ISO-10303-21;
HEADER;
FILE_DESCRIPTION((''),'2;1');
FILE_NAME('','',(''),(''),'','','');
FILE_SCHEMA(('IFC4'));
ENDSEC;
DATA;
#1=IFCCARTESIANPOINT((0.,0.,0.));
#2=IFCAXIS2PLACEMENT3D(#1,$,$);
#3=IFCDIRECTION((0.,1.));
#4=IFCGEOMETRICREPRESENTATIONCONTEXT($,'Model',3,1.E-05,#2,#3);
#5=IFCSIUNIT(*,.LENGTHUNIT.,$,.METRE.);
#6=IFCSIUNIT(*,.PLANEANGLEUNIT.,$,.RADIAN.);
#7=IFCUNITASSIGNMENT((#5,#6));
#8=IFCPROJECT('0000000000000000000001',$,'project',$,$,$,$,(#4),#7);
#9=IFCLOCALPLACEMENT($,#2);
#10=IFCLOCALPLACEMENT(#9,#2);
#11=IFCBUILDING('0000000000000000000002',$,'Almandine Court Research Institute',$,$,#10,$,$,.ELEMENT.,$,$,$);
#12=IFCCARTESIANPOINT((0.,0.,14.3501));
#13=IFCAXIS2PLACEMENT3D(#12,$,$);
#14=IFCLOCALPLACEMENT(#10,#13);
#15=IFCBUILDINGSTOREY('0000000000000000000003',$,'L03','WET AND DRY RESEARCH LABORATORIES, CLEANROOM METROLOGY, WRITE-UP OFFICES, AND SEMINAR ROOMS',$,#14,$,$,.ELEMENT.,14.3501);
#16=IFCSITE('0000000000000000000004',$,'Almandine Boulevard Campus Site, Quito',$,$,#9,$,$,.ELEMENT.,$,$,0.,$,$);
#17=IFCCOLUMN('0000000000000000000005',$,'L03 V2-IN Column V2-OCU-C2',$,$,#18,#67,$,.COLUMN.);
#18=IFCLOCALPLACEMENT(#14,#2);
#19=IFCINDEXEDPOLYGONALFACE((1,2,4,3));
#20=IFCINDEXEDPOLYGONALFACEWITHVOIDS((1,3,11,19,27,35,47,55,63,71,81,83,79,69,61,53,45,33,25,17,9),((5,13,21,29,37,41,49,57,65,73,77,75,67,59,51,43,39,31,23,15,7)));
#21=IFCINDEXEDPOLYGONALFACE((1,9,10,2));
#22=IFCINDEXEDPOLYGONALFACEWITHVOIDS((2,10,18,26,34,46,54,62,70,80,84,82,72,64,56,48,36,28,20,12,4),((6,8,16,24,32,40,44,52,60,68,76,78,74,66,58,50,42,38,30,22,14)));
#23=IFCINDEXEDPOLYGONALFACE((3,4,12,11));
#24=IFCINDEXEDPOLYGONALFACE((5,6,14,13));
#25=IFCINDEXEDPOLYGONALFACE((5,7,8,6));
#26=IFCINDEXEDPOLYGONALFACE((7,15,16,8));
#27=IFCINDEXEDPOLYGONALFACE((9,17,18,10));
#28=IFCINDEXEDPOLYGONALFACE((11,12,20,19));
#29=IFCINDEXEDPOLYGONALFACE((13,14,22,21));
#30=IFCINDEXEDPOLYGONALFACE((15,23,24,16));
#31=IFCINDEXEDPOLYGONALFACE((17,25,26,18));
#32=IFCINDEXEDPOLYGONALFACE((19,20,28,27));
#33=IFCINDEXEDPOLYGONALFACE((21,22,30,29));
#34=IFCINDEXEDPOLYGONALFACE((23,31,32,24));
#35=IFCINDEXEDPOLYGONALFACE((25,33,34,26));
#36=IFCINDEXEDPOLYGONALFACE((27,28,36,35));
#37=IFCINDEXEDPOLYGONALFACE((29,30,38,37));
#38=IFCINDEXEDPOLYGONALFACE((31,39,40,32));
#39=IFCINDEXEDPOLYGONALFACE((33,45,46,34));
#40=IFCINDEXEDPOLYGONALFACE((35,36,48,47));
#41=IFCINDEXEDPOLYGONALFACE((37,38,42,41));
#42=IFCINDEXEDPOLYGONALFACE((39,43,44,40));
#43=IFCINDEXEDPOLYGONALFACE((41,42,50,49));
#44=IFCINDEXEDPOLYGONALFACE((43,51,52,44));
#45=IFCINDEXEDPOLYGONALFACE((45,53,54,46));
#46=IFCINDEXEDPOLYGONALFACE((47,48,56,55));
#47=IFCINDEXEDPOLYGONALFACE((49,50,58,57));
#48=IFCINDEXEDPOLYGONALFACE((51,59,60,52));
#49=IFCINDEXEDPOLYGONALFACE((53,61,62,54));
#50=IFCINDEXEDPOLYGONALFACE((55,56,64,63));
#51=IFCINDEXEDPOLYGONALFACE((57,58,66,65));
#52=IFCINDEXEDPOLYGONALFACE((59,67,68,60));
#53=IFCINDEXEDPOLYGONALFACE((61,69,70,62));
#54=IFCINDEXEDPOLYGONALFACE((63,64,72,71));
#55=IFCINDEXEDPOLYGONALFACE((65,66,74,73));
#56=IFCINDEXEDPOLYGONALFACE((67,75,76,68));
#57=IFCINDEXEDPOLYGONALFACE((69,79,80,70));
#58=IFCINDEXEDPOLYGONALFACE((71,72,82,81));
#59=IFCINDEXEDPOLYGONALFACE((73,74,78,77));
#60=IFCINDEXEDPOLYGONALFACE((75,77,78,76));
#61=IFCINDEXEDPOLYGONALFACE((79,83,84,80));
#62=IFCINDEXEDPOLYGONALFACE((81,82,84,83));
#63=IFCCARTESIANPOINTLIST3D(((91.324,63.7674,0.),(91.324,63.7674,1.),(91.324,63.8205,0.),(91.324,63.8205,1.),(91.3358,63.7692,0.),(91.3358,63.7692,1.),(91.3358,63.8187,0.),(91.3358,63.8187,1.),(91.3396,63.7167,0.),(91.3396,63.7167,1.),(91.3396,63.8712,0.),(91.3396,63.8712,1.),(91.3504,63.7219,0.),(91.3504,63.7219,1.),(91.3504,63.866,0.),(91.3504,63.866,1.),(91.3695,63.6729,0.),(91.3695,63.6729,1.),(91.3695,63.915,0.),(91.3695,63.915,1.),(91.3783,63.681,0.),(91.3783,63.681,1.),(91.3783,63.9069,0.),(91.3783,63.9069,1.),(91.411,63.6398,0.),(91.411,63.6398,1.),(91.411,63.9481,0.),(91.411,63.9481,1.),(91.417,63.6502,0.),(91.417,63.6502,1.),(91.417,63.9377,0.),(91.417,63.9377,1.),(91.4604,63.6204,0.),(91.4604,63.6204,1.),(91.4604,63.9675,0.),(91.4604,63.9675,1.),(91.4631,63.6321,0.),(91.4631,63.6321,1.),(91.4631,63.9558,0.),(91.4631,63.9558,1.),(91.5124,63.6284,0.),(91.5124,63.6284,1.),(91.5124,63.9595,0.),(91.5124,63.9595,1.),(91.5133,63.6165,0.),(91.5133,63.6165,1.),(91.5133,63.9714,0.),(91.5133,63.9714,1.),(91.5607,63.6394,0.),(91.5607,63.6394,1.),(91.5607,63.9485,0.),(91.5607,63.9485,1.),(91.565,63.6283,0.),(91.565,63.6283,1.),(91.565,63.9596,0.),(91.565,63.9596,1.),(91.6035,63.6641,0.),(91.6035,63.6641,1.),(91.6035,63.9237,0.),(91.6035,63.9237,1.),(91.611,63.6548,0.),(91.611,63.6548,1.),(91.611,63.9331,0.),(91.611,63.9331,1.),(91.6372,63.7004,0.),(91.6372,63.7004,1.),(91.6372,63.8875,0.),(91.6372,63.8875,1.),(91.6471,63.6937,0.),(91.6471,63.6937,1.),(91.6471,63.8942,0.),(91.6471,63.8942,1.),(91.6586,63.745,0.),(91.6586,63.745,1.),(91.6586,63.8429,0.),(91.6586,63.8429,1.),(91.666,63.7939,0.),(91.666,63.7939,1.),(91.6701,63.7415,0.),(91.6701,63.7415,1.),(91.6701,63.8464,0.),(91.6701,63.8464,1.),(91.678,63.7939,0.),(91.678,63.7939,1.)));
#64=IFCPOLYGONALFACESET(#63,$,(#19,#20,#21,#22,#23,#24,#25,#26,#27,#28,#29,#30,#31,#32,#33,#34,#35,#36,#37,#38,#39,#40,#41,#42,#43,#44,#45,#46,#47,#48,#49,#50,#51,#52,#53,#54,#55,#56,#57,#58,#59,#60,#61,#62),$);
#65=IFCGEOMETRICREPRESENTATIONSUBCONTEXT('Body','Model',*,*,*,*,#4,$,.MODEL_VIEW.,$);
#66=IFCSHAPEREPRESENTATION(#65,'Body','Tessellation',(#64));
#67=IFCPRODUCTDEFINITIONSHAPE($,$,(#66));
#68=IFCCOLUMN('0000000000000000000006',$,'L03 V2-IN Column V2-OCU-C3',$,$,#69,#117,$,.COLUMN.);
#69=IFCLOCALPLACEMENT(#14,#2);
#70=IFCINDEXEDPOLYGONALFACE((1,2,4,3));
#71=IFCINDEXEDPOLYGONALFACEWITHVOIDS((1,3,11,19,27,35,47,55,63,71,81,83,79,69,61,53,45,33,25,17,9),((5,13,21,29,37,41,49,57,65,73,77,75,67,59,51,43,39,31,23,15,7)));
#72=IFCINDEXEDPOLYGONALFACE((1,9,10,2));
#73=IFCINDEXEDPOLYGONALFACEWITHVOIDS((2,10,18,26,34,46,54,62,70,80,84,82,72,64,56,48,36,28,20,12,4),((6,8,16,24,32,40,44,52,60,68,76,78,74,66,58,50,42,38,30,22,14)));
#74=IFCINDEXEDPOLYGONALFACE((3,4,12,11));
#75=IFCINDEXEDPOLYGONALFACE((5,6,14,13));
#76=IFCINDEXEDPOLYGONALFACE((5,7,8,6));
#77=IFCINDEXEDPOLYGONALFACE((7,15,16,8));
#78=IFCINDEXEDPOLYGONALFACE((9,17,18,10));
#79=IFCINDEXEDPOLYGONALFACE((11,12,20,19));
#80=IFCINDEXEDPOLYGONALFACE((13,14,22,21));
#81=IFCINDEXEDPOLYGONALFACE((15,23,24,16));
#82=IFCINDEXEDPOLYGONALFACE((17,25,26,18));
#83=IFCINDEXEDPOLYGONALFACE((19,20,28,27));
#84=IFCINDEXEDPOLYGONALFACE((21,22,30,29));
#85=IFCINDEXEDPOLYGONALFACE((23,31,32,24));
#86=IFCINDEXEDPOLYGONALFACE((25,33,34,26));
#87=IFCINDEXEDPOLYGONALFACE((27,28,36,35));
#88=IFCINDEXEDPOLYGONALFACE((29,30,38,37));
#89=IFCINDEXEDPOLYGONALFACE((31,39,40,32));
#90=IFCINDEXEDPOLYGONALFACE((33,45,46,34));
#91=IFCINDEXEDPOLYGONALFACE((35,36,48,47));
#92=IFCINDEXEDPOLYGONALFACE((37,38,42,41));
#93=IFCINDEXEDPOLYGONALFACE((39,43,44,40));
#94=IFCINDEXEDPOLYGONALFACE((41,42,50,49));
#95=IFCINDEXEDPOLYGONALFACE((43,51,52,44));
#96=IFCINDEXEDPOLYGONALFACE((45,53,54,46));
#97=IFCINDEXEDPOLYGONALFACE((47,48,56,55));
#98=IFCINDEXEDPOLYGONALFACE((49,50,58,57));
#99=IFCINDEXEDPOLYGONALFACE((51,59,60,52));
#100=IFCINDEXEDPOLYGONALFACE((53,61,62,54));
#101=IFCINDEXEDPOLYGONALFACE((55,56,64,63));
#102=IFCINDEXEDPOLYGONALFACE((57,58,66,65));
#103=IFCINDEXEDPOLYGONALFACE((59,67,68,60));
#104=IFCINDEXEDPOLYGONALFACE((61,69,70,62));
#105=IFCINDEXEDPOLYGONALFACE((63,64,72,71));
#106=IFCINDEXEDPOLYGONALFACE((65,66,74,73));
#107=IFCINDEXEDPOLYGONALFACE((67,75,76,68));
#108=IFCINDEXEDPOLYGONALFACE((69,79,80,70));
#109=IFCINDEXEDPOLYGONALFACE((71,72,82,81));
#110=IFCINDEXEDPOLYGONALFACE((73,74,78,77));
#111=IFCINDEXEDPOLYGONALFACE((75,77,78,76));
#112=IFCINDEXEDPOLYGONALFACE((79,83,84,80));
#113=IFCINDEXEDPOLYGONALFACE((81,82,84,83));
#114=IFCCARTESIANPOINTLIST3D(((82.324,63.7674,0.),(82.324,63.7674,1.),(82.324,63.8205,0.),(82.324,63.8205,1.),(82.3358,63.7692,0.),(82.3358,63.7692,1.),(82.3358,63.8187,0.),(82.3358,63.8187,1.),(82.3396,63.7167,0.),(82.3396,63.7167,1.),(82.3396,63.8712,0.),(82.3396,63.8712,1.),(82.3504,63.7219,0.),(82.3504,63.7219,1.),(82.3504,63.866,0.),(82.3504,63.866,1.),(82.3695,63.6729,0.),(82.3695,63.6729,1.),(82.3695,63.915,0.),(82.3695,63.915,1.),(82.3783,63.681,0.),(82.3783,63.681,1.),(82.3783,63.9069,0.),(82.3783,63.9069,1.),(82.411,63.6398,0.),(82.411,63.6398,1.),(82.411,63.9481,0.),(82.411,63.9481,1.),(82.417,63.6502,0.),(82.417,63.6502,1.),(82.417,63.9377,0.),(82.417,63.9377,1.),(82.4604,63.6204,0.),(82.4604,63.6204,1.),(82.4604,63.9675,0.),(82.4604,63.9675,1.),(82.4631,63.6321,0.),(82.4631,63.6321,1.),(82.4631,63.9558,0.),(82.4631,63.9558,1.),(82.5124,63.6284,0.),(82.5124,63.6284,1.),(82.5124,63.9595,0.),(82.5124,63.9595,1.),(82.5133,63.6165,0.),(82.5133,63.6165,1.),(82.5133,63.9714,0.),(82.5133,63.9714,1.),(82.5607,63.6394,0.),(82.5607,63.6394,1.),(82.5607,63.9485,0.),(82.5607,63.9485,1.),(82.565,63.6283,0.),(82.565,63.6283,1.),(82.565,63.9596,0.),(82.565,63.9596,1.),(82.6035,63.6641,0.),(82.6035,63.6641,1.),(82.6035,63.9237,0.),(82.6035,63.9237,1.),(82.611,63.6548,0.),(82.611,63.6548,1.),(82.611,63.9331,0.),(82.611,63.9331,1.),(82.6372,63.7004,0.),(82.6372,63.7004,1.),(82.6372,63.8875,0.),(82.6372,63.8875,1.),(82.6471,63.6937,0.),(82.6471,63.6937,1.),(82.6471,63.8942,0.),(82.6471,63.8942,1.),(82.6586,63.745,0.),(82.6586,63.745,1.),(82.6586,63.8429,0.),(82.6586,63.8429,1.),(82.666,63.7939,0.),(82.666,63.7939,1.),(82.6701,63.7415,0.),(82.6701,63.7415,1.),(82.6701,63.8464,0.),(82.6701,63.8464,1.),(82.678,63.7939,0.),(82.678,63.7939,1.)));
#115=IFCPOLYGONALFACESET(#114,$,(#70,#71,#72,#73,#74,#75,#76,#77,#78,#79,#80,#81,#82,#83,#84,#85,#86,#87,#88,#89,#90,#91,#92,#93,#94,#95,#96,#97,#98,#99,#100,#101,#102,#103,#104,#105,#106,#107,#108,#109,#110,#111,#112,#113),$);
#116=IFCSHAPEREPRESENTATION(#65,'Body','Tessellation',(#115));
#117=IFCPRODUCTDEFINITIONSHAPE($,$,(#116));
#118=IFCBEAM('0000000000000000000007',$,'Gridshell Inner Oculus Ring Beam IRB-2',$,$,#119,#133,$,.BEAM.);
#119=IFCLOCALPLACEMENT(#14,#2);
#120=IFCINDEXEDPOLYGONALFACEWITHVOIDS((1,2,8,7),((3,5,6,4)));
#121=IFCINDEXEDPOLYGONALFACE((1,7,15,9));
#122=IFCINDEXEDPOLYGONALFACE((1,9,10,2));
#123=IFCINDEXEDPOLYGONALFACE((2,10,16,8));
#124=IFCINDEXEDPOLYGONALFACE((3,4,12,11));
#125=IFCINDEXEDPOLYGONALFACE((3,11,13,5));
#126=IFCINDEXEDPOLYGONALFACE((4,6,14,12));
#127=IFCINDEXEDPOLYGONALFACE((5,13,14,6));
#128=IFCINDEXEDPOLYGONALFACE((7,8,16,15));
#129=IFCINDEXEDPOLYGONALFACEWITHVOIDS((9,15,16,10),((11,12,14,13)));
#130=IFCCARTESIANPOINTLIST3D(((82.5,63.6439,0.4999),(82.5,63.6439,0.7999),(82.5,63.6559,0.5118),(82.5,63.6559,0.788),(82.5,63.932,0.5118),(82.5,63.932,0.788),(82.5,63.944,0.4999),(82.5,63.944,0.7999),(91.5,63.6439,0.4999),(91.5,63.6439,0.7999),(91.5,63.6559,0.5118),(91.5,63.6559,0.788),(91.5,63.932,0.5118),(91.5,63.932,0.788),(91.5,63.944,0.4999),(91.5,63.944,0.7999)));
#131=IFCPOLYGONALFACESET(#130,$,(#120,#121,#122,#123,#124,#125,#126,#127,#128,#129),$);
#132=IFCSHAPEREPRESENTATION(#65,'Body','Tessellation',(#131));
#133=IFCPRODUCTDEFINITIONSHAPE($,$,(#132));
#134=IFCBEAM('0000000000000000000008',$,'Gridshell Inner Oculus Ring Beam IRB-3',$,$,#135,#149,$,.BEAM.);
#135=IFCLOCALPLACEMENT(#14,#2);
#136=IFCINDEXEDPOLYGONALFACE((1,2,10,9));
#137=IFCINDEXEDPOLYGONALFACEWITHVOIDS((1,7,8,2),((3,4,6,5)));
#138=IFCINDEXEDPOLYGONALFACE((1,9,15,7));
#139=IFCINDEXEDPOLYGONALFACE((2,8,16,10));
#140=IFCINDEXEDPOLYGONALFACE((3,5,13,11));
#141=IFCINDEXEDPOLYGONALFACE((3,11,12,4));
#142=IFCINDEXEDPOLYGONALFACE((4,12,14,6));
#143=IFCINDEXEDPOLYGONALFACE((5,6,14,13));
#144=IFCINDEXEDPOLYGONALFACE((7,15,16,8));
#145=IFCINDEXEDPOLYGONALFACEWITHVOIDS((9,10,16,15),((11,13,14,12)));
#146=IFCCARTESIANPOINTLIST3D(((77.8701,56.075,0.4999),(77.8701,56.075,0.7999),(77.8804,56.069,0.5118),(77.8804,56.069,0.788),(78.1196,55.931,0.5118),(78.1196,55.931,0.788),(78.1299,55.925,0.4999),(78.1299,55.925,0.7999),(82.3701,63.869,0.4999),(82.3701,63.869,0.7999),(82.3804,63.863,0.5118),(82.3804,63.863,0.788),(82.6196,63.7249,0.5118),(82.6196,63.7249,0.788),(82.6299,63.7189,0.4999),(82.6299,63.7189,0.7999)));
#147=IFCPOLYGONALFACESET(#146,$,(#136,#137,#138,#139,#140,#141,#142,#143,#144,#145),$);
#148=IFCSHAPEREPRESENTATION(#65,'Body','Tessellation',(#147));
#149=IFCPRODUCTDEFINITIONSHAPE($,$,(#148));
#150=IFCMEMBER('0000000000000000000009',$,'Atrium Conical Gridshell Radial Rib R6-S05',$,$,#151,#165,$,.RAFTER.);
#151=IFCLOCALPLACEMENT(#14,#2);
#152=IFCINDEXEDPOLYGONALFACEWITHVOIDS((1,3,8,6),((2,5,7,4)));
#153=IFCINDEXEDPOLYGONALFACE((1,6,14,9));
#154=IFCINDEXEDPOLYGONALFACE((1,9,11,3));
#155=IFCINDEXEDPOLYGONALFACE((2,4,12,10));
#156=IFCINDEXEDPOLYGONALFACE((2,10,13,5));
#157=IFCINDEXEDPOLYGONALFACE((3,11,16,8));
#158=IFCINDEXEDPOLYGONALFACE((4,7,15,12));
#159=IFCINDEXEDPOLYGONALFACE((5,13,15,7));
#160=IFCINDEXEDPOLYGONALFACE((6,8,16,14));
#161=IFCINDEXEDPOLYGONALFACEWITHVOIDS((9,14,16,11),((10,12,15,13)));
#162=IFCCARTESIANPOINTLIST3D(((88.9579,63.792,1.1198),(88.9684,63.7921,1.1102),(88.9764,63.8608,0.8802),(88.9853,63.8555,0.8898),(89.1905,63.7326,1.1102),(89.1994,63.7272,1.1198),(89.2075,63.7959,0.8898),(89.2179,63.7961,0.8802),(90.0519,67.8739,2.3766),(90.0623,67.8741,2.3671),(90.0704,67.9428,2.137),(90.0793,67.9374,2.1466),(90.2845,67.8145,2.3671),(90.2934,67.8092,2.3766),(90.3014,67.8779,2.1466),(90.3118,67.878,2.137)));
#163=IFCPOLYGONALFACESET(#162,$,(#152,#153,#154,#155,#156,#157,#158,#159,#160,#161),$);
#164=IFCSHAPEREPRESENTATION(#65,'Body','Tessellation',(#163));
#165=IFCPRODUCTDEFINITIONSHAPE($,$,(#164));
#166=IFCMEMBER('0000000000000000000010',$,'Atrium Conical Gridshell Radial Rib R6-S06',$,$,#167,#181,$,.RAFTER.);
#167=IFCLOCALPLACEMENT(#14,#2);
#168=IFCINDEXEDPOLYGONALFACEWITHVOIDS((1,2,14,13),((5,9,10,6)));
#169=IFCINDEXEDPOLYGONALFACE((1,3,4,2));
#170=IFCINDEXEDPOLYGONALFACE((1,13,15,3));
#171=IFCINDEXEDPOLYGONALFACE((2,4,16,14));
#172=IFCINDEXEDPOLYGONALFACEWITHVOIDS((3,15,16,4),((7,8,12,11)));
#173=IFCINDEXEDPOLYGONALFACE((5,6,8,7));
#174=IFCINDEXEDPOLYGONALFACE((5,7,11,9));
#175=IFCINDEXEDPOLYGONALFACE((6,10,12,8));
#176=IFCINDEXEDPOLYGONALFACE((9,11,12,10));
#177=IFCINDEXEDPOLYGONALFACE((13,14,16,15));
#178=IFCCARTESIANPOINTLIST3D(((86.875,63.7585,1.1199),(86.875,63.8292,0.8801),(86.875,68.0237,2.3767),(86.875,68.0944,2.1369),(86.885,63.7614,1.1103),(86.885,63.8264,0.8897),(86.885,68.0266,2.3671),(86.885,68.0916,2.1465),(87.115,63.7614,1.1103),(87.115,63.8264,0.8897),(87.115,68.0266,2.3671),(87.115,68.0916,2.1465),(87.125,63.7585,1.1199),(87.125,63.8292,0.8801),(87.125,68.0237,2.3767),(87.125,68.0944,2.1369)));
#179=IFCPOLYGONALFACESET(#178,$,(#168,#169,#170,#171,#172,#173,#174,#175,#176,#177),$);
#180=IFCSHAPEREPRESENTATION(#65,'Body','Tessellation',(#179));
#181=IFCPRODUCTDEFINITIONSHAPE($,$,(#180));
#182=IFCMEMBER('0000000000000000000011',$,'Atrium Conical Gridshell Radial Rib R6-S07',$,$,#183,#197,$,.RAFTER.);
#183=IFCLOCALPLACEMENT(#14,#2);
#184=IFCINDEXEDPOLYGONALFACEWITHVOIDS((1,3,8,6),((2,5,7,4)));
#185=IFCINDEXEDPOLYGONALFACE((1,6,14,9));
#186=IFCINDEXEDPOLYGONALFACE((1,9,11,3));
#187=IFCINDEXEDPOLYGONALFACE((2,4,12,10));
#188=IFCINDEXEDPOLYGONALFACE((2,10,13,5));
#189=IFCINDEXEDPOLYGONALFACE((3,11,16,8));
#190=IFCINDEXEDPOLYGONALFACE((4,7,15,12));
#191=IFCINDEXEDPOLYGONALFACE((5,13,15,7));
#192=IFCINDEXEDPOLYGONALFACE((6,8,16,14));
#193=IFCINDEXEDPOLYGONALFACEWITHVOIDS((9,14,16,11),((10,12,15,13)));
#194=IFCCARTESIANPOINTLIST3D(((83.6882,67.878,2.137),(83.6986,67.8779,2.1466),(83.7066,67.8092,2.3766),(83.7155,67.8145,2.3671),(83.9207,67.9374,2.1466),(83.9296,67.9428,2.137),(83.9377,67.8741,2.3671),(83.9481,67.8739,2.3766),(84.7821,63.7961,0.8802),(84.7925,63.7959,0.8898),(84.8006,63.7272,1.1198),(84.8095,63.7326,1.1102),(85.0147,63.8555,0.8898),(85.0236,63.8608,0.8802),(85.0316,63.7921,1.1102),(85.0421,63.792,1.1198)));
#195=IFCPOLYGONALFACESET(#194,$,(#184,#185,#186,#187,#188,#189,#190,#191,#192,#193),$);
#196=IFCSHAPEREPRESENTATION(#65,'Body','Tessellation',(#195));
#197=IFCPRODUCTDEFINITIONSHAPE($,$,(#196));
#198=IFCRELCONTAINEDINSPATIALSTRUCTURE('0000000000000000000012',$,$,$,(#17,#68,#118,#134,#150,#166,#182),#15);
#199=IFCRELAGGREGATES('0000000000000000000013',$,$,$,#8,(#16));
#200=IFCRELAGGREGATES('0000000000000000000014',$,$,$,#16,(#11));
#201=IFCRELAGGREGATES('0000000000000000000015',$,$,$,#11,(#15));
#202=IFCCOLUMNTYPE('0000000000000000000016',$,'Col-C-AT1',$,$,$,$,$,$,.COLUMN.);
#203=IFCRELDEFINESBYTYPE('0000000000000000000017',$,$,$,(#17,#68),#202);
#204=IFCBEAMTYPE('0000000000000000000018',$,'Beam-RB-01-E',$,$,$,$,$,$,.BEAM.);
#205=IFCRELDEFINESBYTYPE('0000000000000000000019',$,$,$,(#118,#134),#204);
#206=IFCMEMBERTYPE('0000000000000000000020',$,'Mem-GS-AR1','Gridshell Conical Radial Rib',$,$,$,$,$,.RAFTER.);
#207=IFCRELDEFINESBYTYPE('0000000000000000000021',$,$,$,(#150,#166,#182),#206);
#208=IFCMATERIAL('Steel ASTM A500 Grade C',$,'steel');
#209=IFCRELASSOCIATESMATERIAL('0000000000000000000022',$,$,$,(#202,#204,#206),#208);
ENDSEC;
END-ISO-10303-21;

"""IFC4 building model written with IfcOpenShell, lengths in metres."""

from ifc_helpers import new_model, si_unit, direction, frame, origin, origin_2d, place, context, subcontext, project, spatial, hollow_rectangle, hollow_circle, extrude, material, material_profile, profile_set, type_object, element, save


model = new_model("IFC4")

# Units and contexts
model_context = context("Model", 3, precision=1e-05, world=origin(), true_north=direction((0.0, 1.0)))
body_context = subcontext(model_context, "Body", "Model", "MODEL_VIEW")
ifc_project = project(units=[si_unit("LENGTHUNIT", "METRE"), si_unit("PLANEANGLEUNIT", "RADIAN")], contexts=[model_context])

# Site, building, storey
site_placement = place(None, origin())
site = spatial("IfcSite", under=ifc_project, at=site_placement, Name="Almandine Boulevard Campus Site, Quito", CompositionType="ELEMENT", RefElevation=0.0)
building_placement = place(site_placement, origin())
building = spatial("IfcBuilding", under=site, at=building_placement, Name="Almandine Court Research Institute", CompositionType="ELEMENT")
storey_placement = place(building_placement, frame((0.0, 0.0, 14.3501)))
storey = spatial("IfcBuildingStorey", under=building, at=storey_placement, Name="L03", Description="WET AND DRY RESEARCH LABORATORIES, CLEANROOM METROLOGY, WRITE-UP OFFICES, AND SEMINAR ROOMS", CompositionType="ELEMENT", Elevation=14.3501)

# Columns
ifc_material_1 = material(Name="Steel ASTM A500 Grade C", Category="steel")
ifc_material_profile_1 = material_profile(ifc_material_1, hollow_circle(Radius=0.178, WallThickness=0.012, at=origin_2d()), Name="CHS 356x12")
ifc_profile_set_1 = profile_set([ifc_material_profile_1], Name="Steel ASTM A500 Grade C")
column_type = type_object("IfcColumnType", Name="Col-C-AT1", PredefinedType="COLUMN", material=ifc_profile_set_1)
for number, where, z_axis, x_axis, name in (
    (1, (91.5, 63.7939, 0.0), (0.0, 0.0, 1.0), (1.0, 0.0, 0.0), "L03 V2-IN Column V2-OCU-C2"),
    (2, (82.5, 63.7939, 0.0), (0.0, 0.0, 1.0), (1.0, 0.0, 0.0), "L03 V2-IN Column V2-OCU-C3"),
):
    element("IfcColumn", number, at=place(storey_placement, frame(where, z_axis=z_axis, x_axis=x_axis)), inside=storey, type_object=column_type, Name=name, PredefinedType="COLUMN", context=body_context, shape_type="SweptSolid", body=[
        extrude(hollow_circle(Radius=0.178, WallThickness=0.012, at=origin_2d()), origin(), (0.0, 0.0, 1.0), 1.0),
    ])

# Beams
ifc_material_profile_2 = material_profile(ifc_material_1, hollow_rectangle(XDim=0.3, YDim=0.3, WallThickness=0.012, at=origin_2d()), Name="HSS 300x300x12")
ifc_profile_set_2 = profile_set([ifc_material_profile_2], Name="Steel ASTM A500 Grade C")
beam_type = type_object("IfcBeamType", Name="Beam-RB-01-E", PredefinedType="BEAM", material=ifc_profile_set_2)
beam_1_placement = place(storey_placement, frame((91.5, 63.7939, 0.6499), z_axis=(-1.0, 0.0, 0.0), x_axis=(0.0, -1.0, 0.0)))
element("IfcBeam", 3, at=beam_1_placement, inside=storey, type_object=beam_type, Name="Gridshell Inner Oculus Ring Beam IRB-2", PredefinedType="BEAM", context=body_context, shape_type="SweptSolid", body=[
    extrude(hollow_rectangle(XDim=0.3, YDim=0.3, WallThickness=0.012, at=origin_2d()), origin(), (0.0, 0.0, 1.0), 9.0),
])
beam_2_placement = place(storey_placement, frame((82.5, 63.7939, 0.6499), z_axis=(-0.500014, -0.866018, 0.0), x_axis=(0.866018, -0.500014, 0.0)))
element("IfcBeam", 4, at=beam_2_placement, inside=storey, type_object=beam_type, Name="Gridshell Inner Oculus Ring Beam IRB-3", PredefinedType="BEAM", context=body_context, shape_type="SweptSolid", body=[
    extrude(hollow_rectangle(XDim=0.3, YDim=0.3, WallThickness=0.012, at=origin_2d()), origin(), (0.0, 0.0, 1.0), 8.9998),
])

# Members
ifc_material_profile_3 = material_profile(ifc_material_1, hollow_rectangle(XDim=0.25, YDim=0.25, WallThickness=0.01, at=origin_2d()), Name="HSS 250x250x10")
ifc_profile_set_3 = profile_set([ifc_material_profile_3], Name="Steel ASTM A500 Grade C")
member_type_1 = type_object("IfcMemberType", Name="Mem-GS-AR1", Description="Gridshell Conical Radial Rib", PredefinedType="RAFTER", material=ifc_profile_set_3)
member_1_placement = place(storey_placement, frame((90.1819, 67.876, 2.2568), z_axis=(-0.248126, -0.925837, -0.28506), x_axis=(0.965913, -0.258867, 0.0)))
element("IfcMember", 5, at=member_1_placement, inside=storey, type_object=member_type_1, Name="Atrium Conical Gridshell Radial Rib R6-S05", PredefinedType="RAFTER", context=body_context, shape_type="SweptSolid", body=[
    extrude(hollow_rectangle(XDim=0.25, YDim=0.25, WallThickness=0.01, at=origin_2d()), origin(), (0.0, 0.0, 1.0), 4.4089),
])
member_2_placement = place(storey_placement, frame((87.0, 68.0591, 2.2568), z_axis=(0.0, -0.95922, -0.28266), x_axis=(1.0, 0.0, 0.0)))
element("IfcMember", 6, at=member_2_placement, inside=storey, type_object=member_type_1, Name="Atrium Conical Gridshell Radial Rib R6-S06", PredefinedType="RAFTER", context=body_context, shape_type="SweptSolid", body=[
    extrude(hollow_rectangle(XDim=0.25, YDim=0.25, WallThickness=0.01, at=origin_2d()), origin(), (0.0, 0.0, 1.0), 4.4465),
])
member_3_placement = place(storey_placement, frame((83.8181, 67.876, 2.2568), z_axis=(0.248126, -0.925837, -0.28506), x_axis=(0.965913, 0.258867, 0.0)))
element("IfcMember", 7, at=member_3_placement, inside=storey, type_object=member_type_1, Name="Atrium Conical Gridshell Radial Rib R6-S07", PredefinedType="RAFTER", context=body_context, shape_type="SweptSolid", body=[
    extrude(hollow_rectangle(XDim=0.25, YDim=0.25, WallThickness=0.01, at=origin_2d()), origin(), (0.0, 0.0, 1.0), 4.4089),
])

save(model, "model.ifc")
